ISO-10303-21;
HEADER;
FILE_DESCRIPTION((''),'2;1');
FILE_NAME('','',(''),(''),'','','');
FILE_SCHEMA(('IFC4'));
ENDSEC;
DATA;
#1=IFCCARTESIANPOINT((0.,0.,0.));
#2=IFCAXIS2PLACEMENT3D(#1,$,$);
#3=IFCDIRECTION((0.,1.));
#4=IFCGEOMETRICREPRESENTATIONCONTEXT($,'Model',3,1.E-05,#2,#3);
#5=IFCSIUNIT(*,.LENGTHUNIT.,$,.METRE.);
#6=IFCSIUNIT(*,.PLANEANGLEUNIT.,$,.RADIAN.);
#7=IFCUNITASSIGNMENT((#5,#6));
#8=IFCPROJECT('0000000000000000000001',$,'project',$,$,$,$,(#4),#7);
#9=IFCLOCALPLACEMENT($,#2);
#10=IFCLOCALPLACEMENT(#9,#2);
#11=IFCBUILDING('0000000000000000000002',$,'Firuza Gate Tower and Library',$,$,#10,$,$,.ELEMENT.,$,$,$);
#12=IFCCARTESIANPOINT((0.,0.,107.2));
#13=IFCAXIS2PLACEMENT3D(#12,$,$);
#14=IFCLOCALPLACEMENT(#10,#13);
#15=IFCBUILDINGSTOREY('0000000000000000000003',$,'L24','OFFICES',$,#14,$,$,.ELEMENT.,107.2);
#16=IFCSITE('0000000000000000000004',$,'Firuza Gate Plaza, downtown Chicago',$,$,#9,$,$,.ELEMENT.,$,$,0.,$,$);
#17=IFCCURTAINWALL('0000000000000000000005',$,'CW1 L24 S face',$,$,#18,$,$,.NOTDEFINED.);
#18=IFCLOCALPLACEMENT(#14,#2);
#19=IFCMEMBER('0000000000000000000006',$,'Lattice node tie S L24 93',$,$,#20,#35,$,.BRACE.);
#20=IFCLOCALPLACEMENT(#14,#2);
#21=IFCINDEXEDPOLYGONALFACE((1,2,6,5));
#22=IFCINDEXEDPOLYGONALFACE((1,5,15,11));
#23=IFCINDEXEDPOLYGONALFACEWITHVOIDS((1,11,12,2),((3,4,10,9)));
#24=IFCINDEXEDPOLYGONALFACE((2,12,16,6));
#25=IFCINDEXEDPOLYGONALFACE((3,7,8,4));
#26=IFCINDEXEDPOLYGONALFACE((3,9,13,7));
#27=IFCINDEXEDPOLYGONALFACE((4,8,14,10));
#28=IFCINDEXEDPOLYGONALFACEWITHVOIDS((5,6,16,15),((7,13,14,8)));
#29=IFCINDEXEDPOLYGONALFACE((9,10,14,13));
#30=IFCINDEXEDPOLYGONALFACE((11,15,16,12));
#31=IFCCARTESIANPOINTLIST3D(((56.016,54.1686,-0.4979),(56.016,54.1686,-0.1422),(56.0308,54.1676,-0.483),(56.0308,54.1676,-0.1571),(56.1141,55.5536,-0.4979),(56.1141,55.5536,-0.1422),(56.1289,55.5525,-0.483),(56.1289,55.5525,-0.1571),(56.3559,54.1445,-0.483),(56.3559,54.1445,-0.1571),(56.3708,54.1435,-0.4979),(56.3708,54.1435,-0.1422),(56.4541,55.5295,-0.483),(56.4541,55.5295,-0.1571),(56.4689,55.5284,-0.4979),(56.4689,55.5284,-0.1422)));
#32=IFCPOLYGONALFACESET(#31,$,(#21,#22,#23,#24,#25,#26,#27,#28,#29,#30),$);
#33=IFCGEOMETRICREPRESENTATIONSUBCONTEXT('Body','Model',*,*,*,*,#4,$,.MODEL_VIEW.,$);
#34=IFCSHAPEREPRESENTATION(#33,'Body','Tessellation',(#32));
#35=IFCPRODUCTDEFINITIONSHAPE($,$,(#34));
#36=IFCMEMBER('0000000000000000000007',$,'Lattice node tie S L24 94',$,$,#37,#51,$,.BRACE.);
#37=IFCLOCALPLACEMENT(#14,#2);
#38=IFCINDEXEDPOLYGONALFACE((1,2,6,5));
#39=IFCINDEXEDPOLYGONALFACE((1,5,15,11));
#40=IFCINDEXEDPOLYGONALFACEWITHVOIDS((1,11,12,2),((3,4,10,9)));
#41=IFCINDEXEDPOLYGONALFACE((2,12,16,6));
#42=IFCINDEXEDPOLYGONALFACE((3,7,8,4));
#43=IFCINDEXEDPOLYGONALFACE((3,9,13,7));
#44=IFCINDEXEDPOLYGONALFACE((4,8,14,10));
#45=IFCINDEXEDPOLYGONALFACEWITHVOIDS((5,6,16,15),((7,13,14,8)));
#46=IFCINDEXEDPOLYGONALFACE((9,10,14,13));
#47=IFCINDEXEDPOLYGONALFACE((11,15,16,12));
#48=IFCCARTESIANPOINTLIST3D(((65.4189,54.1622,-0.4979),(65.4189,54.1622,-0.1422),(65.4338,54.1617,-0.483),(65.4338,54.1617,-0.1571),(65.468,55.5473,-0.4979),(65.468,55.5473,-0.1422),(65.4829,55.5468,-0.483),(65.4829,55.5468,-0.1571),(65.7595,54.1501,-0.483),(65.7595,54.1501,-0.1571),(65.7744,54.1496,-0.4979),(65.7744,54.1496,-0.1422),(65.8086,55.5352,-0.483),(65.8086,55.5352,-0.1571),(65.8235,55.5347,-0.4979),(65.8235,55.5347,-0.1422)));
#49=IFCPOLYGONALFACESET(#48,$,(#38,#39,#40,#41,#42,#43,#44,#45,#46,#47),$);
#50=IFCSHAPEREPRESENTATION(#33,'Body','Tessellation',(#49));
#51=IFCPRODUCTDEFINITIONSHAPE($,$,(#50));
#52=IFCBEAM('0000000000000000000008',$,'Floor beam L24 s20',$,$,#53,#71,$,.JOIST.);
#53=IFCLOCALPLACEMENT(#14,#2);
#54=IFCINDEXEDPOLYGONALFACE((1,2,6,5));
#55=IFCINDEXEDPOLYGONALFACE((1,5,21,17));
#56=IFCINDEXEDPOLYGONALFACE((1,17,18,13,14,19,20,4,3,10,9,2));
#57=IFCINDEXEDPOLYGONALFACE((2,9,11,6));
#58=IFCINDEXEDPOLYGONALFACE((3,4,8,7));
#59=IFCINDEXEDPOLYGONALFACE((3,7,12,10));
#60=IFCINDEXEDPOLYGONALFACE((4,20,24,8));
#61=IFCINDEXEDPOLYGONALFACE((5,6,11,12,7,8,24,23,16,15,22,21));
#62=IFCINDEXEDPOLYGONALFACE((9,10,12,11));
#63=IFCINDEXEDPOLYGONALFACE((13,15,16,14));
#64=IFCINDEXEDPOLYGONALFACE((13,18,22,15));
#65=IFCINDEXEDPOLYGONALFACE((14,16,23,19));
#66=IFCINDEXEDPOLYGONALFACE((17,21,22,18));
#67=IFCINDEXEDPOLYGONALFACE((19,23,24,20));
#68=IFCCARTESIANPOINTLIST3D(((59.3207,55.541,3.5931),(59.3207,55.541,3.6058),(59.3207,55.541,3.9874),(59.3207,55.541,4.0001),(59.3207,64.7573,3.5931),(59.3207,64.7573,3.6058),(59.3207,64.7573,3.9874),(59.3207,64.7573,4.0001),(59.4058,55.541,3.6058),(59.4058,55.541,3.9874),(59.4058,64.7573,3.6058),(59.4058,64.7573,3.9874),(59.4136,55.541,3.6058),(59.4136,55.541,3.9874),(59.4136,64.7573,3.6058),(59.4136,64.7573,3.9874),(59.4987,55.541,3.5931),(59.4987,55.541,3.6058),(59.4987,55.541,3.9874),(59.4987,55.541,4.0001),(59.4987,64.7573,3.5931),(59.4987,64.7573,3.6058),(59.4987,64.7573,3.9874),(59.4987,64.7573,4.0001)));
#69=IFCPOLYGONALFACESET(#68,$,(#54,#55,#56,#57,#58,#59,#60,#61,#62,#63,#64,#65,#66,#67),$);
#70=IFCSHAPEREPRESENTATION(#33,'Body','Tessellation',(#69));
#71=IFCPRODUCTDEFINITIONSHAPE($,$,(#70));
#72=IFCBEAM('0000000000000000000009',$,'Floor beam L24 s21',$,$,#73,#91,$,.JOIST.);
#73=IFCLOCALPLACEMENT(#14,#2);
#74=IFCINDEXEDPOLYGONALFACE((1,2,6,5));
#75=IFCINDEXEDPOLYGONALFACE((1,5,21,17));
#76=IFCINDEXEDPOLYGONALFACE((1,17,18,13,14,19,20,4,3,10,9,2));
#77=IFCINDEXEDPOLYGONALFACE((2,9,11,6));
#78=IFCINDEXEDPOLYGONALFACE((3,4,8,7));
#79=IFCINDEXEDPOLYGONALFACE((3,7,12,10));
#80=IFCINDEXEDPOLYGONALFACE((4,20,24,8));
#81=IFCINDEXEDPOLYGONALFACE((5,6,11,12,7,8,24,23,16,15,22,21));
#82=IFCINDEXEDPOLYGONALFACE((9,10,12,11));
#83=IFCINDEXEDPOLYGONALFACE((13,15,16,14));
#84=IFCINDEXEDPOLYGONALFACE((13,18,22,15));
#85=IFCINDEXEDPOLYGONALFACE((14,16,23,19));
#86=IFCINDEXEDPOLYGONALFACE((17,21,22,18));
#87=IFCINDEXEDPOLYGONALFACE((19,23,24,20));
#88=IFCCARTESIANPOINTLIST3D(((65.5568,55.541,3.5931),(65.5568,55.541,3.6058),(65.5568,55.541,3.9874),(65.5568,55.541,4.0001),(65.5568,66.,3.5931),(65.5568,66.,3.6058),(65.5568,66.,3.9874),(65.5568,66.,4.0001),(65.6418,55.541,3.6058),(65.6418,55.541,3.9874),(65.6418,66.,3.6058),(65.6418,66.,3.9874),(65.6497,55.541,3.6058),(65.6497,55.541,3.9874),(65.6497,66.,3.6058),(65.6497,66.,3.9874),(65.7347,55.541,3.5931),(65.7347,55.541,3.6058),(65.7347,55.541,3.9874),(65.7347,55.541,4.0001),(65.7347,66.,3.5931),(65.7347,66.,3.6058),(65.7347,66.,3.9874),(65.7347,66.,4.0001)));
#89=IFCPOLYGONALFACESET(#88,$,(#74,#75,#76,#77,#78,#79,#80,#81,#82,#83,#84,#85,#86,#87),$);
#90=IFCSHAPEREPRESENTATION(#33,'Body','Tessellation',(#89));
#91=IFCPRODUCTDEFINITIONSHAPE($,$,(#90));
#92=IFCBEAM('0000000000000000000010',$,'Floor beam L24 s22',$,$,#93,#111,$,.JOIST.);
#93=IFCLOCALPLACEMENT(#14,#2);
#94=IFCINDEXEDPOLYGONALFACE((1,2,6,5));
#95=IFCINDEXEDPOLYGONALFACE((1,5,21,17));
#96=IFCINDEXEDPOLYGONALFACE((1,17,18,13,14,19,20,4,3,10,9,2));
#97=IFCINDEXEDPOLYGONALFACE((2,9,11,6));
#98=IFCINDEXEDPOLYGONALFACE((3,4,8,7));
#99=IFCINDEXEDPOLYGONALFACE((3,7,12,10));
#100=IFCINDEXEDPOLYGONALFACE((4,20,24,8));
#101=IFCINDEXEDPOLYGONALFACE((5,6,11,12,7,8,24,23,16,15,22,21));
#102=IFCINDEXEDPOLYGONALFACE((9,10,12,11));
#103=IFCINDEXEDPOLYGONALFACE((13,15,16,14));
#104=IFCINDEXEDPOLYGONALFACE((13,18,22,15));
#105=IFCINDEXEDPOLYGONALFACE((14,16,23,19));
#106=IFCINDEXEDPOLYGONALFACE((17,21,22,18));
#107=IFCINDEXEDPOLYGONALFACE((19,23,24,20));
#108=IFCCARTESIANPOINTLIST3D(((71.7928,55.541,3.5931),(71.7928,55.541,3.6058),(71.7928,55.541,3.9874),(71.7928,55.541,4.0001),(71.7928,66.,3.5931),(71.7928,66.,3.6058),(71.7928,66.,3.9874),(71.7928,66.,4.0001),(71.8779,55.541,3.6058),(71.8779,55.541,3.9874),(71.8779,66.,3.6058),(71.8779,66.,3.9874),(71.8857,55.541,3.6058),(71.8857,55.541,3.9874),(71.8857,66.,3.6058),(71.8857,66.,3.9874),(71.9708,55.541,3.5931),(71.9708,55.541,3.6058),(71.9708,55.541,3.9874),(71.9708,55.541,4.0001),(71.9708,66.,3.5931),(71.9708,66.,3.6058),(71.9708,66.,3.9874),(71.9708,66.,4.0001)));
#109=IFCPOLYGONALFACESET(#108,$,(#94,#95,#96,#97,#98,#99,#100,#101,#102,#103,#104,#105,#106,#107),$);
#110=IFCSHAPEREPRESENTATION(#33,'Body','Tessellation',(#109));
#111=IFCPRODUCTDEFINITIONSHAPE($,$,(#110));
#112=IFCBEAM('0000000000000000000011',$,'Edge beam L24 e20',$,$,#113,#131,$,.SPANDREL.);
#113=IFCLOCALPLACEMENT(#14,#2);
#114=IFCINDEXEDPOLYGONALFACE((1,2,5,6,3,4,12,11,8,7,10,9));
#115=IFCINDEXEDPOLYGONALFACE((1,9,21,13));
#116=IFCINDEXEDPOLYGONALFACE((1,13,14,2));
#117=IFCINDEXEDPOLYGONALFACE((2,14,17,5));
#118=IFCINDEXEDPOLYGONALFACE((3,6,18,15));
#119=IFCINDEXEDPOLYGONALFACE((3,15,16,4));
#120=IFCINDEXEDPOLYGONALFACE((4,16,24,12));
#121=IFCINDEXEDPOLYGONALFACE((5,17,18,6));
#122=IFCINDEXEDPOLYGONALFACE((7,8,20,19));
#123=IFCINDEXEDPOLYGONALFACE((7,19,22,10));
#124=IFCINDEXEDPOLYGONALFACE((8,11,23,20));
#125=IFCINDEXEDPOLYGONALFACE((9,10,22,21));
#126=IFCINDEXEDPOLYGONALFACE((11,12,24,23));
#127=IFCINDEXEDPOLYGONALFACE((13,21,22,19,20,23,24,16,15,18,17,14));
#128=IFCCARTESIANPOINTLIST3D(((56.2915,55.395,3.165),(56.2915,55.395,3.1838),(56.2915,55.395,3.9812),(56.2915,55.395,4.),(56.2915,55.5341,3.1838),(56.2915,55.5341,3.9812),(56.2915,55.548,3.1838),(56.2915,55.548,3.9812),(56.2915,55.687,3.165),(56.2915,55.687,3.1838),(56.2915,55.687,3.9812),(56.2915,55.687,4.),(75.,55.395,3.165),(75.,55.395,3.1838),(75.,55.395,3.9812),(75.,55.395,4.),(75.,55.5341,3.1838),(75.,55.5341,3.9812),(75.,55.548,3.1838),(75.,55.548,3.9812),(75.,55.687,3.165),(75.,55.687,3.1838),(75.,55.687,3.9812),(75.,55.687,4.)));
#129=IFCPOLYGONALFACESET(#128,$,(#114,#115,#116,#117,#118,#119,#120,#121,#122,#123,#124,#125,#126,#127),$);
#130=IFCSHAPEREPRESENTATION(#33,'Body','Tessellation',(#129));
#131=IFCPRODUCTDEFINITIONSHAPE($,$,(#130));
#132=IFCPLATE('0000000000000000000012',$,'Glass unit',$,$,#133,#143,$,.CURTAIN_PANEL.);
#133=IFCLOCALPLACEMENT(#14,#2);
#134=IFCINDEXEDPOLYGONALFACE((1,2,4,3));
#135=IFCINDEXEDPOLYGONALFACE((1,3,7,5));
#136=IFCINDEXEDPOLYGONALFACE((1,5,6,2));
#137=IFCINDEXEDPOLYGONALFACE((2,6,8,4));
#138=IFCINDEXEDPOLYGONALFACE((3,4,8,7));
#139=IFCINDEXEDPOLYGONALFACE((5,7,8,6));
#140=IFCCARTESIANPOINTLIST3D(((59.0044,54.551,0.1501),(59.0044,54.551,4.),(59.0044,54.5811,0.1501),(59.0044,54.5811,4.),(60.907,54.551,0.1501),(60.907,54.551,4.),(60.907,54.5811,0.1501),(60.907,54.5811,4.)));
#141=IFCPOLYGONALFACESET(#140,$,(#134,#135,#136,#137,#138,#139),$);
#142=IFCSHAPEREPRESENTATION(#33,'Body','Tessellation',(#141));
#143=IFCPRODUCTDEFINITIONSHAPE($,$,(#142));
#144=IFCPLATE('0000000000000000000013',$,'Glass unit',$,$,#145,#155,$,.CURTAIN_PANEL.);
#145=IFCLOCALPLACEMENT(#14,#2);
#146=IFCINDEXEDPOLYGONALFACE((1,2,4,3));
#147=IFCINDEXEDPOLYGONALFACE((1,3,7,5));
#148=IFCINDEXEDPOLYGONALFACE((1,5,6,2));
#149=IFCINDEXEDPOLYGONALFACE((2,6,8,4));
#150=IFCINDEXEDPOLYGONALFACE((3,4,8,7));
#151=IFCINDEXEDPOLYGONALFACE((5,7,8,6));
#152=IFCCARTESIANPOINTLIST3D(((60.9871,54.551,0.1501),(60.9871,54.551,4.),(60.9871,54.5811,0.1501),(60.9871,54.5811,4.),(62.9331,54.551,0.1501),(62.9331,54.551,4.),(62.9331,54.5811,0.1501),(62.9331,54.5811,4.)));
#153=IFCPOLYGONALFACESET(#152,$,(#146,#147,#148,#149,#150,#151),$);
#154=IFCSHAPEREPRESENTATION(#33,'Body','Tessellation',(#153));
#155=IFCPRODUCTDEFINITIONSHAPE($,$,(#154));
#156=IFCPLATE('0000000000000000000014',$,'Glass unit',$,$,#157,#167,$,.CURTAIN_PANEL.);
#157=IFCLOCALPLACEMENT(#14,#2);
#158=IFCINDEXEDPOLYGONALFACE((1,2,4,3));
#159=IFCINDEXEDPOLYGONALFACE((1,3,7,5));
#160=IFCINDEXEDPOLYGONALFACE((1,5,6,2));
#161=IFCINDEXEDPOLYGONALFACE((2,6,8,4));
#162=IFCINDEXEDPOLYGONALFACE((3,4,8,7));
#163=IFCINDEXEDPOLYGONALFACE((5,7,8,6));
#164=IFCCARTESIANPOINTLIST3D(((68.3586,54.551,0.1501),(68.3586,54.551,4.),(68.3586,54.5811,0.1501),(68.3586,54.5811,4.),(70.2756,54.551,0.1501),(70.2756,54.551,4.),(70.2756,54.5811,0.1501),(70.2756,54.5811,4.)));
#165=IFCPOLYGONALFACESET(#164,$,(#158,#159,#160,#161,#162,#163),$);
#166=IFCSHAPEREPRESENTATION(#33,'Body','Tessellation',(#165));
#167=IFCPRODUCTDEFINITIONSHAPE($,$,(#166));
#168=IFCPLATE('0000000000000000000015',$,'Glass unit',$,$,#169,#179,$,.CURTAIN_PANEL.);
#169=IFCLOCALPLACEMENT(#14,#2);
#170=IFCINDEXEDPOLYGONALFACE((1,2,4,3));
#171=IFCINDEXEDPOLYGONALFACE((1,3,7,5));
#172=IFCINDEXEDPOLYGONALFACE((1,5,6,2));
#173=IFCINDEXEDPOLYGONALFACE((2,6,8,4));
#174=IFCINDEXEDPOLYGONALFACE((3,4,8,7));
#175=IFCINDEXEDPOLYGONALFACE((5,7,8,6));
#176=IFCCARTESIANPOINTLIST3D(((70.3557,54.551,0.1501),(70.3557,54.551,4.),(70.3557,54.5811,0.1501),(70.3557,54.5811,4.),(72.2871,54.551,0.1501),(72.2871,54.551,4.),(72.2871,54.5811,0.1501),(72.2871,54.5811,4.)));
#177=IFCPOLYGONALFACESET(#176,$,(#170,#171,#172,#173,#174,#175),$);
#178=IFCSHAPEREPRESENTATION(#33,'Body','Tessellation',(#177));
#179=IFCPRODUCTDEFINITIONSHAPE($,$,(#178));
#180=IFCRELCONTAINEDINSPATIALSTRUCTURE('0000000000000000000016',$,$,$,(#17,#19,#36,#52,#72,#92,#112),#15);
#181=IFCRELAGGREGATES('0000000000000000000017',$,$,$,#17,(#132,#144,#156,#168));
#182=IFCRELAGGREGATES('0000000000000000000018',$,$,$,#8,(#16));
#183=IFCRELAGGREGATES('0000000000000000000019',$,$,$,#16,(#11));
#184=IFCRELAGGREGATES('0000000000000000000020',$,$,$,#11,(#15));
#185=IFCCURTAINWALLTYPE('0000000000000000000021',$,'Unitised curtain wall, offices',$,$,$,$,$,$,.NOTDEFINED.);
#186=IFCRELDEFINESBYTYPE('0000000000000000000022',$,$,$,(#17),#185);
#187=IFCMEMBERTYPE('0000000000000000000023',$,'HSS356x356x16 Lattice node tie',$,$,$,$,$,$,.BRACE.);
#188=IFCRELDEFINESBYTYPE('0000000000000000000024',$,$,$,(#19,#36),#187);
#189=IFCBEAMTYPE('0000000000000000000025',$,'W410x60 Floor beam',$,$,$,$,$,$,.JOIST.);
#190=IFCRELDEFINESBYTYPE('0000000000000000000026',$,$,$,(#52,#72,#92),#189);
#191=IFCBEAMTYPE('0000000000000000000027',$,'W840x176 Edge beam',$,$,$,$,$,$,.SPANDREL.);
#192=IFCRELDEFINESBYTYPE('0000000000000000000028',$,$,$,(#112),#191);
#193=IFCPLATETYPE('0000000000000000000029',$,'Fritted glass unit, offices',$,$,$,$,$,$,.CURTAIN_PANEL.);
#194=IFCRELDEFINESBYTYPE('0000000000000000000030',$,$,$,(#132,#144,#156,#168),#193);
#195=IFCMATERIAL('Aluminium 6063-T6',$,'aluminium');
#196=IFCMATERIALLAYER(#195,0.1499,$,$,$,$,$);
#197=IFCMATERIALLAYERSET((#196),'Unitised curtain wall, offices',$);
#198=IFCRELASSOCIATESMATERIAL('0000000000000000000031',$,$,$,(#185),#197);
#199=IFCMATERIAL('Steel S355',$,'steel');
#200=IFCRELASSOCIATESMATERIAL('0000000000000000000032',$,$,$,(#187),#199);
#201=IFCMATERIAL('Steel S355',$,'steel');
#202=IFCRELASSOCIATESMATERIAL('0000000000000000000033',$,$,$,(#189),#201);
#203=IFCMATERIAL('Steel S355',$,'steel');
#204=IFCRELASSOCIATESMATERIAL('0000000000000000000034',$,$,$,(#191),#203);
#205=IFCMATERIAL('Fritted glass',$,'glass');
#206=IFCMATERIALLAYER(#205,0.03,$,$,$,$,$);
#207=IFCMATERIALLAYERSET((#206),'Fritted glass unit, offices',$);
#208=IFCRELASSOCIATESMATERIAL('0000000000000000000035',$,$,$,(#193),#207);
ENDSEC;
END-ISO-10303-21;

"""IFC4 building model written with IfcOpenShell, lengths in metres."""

from ifc_helpers import new_model, si_unit, direction, frame, origin, origin_2d, place, context, subcontext, project, spatial, polyline, hollow_rectangle, i_section, outline, extrude, material, layer, layer_set, material_profile, profile_set, type_object, element, aggregate, save


model = new_model("IFC4")

# Units and contexts
model_context = context("Model", 3, precision=1e-05, world=origin(), true_north=direction((0.0, 1.0)))
body_context = subcontext(model_context, "Body", "Model", "MODEL_VIEW")
ifc_project = project(units=[si_unit("LENGTHUNIT", "METRE"), si_unit("PLANEANGLEUNIT", "RADIAN")], contexts=[model_context])

# Site, building, storey
site_placement = place(None, origin())
site = spatial("IfcSite", under=ifc_project, at=site_placement, Name="Firuza Gate Plaza, downtown Chicago", CompositionType="ELEMENT", RefElevation=0.0)
building_placement = place(site_placement, origin())
building = spatial("IfcBuilding", under=site, at=building_placement, Name="Firuza Gate Tower and Library", CompositionType="ELEMENT")
storey_placement = place(building_placement, frame((0.0, 0.0, 107.2)))
storey = spatial("IfcBuildingStorey", under=building, at=storey_placement, Name="L24", Description="OFFICES", CompositionType="ELEMENT", Elevation=107.2)

# Curtain wall
ifc_material_1 = material(Name="Aluminium 6063-T6", Category="aluminium")
ifc_layer_1 = layer(ifc_material_1, 0.1499)
ifc_layer_set_1 = layer_set([ifc_layer_1], Name="Unitised curtain wall, offices")
curtain_wall_type = type_object("IfcCurtainWallType", Name="Unitised curtain wall, offices", PredefinedType="NOTDEFINED", material=ifc_layer_set_1)
curtain_wall_placement = place(storey_placement, origin())
curtain_wall = element("IfcCurtainWall", 1, at=curtain_wall_placement, inside=storey, type_object=curtain_wall_type, Name="CW1 L24 S face", PredefinedType="NOTDEFINED")

# Members
ifc_material_2 = material(Name="Steel S355", Category="steel")
ifc_material_profile_1 = material_profile(ifc_material_2, hollow_rectangle(XDim=0.3557, YDim=0.3557, WallThickness=0.0149, at=origin_2d()))
ifc_profile_set_1 = profile_set([ifc_material_profile_1], Name="Steel S355")
member_type_1 = type_object("IfcMemberType", Name="HSS356x356x16 Lattice node tie", PredefinedType="BRACE", material=ifc_profile_set_1)
member_1_placement = place(storey_placement, frame((56.2915, 55.541, -0.3201), z_axis=(-0.070685, -0.997499, 0.0), x_axis=(0.997499, -0.070685, 0.0)))
element("IfcMember", 2, at=member_1_placement, inside=storey, type_object=member_type_1, Name="Lattice node tie S L24 93", PredefinedType="BRACE", context=body_context, shape_type="SweptSolid", body=[
    extrude(hollow_rectangle(XDim=0.3557, YDim=0.3557, WallThickness=0.0149, at=origin_2d()), origin(), (0.0, 0.0, 1.0), 1.3884),
])
member_2_placement = place(storey_placement, frame((65.6458, 55.541, -0.3201), z_axis=(-0.035409, -0.999373, 0.0), x_axis=(0.999373, -0.035409, 0.0)))
element("IfcMember", 3, at=member_2_placement, inside=storey, type_object=member_type_1, Name="Lattice node tie S L24 94", PredefinedType="BRACE", context=body_context, shape_type="SweptSolid", body=[
    extrude(hollow_rectangle(XDim=0.3557, YDim=0.3557, WallThickness=0.0149, at=origin_2d()), origin(), (0.0, 0.0, 1.0), 1.386),
])

# Beams
ifc_material_3 = material(Name="Steel S355", Category="steel")
ifc_material_profile_2 = material_profile(ifc_material_3, i_section(OverallWidth=0.178, OverallDepth=0.407, WebThickness=0.0078, FlangeThickness=0.0127, at=origin_2d()))
ifc_profile_set_2 = profile_set([ifc_material_profile_2], Name="Steel S355")
beam_type_1 = type_object("IfcBeamType", Name="W410x60 Floor beam", PredefinedType="JOIST", material=ifc_profile_set_2)
beam_1_placement = place(storey_placement, frame((59.4097, 55.541, 3.7966), z_axis=(0.0, 1.0, 0.0), x_axis=(-1.0, 0.0, 0.0)))
element("IfcBeam", 4, at=beam_1_placement, inside=storey, type_object=beam_type_1, Name="Floor beam L24 s20", PredefinedType="JOIST", context=body_context, shape_type="SweptSolid", body=[
    extrude(i_section(OverallWidth=0.178, OverallDepth=0.407, WebThickness=0.0078, FlangeThickness=0.0127, at=origin_2d()), origin(), (0.0, 0.0, 1.0), 9.2163),
])
for number, where, z_axis, x_axis, name in (
    (5, (65.6458, 55.541, 3.7966), (0.0, 1.0, 0.0), (-1.0, 0.0, 0.0), "Floor beam L24 s21"),
    (6, (71.8818, 55.541, 3.7966), (0.0, 1.0, 0.0), (-1.0, 0.0, 0.0), "Floor beam L24 s22"),
):
    element("IfcBeam", number, at=place(storey_placement, frame(where, z_axis=z_axis, x_axis=x_axis)), inside=storey, type_object=beam_type_1, Name=name, PredefinedType="JOIST", context=body_context, shape_type="SweptSolid", body=[
        extrude(i_section(OverallWidth=0.178, OverallDepth=0.407, WebThickness=0.0078, FlangeThickness=0.0127, at=origin_2d()), origin(), (0.0, 0.0, 1.0), 10.459),
    ])
ifc_material_4 = material(Name="Steel S355", Category="steel")
ifc_material_profile_3 = material_profile(ifc_material_4, i_section(OverallWidth=0.292, OverallDepth=0.835, WebThickness=0.0139, FlangeThickness=0.0188, at=origin_2d()))
ifc_profile_set_3 = profile_set([ifc_material_profile_3], Name="Steel S355")
beam_type_2 = type_object("IfcBeamType", Name="W840x176 Edge beam", PredefinedType="SPANDREL", material=ifc_profile_set_3)
beam_2_placement = place(storey_placement, frame((56.2915, 55.541, 3.5825), z_axis=(1.0, 0.0, 0.0), x_axis=(0.0, 1.0, 0.0)))
element("IfcBeam", 7, at=beam_2_placement, inside=storey, type_object=beam_type_2, Name="Edge beam L24 e20", PredefinedType="SPANDREL", context=body_context, shape_type="SweptSolid", body=[
    extrude(i_section(OverallWidth=0.292, OverallDepth=0.835, WebThickness=0.0139, FlangeThickness=0.0188, at=origin_2d()), origin(), (0.0, 0.0, 1.0), 18.7085),
])

# Plates
ifc_material_5 = material(Name="Fritted glass", Category="glass")
ifc_layer_2 = layer(ifc_material_5, 0.03)
ifc_layer_set_2 = layer_set([ifc_layer_2], Name="Fritted glass unit, offices")
plate_type_1 = type_object("IfcPlateType", Name="Fritted glass unit, offices", PredefinedType="CURTAIN_PANEL", material=ifc_layer_set_2)
plate_1_placement = place(storey_placement, frame((59.0044, 54.551, 0.1501), z_axis=(0.0, -1.0, 0.0), x_axis=(1.0, 0.0, 0.0)))
plate_1 = element("IfcPlate", 8, at=plate_1_placement, type_object=plate_type_1, Name="Glass unit", PredefinedType="CURTAIN_PANEL", context=body_context, shape_type="SweptSolid", body=[
    extrude(outline(polyline([(0.0, 0.0), (1.9026, 0.0), (1.9026, 3.8499), (0.0, 3.8499), (0.0, 0.0)])), origin(), (0.0, 0.0, -1.0), 0.03),
])
plate_2_placement = place(storey_placement, frame((60.9871, 54.551, 0.1501), z_axis=(0.0, -1.0, 0.0), x_axis=(1.0, 0.0, 0.0)))
plate_2 = element("IfcPlate", 9, at=plate_2_placement, type_object=plate_type_1, Name="Glass unit", PredefinedType="CURTAIN_PANEL", context=body_context, shape_type="SweptSolid", body=[
    extrude(outline(polyline([(0.0, 0.0), (1.946, 0.0), (1.946, 3.8499), (0.0, 3.8499), (0.0, 0.0)])), origin(), (0.0, 0.0, -1.0), 0.03),
])
plate_3_placement = place(storey_placement, frame((68.3586, 54.551, 0.1501), z_axis=(0.0, -1.0, 0.0), x_axis=(1.0, 0.0, 0.0)))
plate_3 = element("IfcPlate", 10, at=plate_3_placement, type_object=plate_type_1, Name="Glass unit", PredefinedType="CURTAIN_PANEL", context=body_context, shape_type="SweptSolid", body=[
    extrude(outline(polyline([(0.0, 0.0), (1.917, 0.0), (1.917, 3.8499), (0.0, 3.8499), (0.0, 0.0)])), origin(), (0.0, 0.0, -1.0), 0.03),
])
plate_4_placement = place(storey_placement, frame((70.3557, 54.551, 0.1501), z_axis=(0.0, -1.0, 0.0), x_axis=(1.0, 0.0, 0.0)))
plate_4 = element("IfcPlate", 11, at=plate_4_placement, type_object=plate_type_1, Name="Glass unit", PredefinedType="CURTAIN_PANEL", context=body_context, shape_type="SweptSolid", body=[
    extrude(outline(polyline([(0.0, 0.0), (1.9314, 0.0), (1.9314, 3.8499), (0.0, 3.8499), (0.0, 0.0)])), origin(), (0.0, 0.0, -1.0), 0.03),
])
aggregate(curtain_wall, [plate_1, plate_2, plate_3, plate_4])

save(model, "model.ifc")
